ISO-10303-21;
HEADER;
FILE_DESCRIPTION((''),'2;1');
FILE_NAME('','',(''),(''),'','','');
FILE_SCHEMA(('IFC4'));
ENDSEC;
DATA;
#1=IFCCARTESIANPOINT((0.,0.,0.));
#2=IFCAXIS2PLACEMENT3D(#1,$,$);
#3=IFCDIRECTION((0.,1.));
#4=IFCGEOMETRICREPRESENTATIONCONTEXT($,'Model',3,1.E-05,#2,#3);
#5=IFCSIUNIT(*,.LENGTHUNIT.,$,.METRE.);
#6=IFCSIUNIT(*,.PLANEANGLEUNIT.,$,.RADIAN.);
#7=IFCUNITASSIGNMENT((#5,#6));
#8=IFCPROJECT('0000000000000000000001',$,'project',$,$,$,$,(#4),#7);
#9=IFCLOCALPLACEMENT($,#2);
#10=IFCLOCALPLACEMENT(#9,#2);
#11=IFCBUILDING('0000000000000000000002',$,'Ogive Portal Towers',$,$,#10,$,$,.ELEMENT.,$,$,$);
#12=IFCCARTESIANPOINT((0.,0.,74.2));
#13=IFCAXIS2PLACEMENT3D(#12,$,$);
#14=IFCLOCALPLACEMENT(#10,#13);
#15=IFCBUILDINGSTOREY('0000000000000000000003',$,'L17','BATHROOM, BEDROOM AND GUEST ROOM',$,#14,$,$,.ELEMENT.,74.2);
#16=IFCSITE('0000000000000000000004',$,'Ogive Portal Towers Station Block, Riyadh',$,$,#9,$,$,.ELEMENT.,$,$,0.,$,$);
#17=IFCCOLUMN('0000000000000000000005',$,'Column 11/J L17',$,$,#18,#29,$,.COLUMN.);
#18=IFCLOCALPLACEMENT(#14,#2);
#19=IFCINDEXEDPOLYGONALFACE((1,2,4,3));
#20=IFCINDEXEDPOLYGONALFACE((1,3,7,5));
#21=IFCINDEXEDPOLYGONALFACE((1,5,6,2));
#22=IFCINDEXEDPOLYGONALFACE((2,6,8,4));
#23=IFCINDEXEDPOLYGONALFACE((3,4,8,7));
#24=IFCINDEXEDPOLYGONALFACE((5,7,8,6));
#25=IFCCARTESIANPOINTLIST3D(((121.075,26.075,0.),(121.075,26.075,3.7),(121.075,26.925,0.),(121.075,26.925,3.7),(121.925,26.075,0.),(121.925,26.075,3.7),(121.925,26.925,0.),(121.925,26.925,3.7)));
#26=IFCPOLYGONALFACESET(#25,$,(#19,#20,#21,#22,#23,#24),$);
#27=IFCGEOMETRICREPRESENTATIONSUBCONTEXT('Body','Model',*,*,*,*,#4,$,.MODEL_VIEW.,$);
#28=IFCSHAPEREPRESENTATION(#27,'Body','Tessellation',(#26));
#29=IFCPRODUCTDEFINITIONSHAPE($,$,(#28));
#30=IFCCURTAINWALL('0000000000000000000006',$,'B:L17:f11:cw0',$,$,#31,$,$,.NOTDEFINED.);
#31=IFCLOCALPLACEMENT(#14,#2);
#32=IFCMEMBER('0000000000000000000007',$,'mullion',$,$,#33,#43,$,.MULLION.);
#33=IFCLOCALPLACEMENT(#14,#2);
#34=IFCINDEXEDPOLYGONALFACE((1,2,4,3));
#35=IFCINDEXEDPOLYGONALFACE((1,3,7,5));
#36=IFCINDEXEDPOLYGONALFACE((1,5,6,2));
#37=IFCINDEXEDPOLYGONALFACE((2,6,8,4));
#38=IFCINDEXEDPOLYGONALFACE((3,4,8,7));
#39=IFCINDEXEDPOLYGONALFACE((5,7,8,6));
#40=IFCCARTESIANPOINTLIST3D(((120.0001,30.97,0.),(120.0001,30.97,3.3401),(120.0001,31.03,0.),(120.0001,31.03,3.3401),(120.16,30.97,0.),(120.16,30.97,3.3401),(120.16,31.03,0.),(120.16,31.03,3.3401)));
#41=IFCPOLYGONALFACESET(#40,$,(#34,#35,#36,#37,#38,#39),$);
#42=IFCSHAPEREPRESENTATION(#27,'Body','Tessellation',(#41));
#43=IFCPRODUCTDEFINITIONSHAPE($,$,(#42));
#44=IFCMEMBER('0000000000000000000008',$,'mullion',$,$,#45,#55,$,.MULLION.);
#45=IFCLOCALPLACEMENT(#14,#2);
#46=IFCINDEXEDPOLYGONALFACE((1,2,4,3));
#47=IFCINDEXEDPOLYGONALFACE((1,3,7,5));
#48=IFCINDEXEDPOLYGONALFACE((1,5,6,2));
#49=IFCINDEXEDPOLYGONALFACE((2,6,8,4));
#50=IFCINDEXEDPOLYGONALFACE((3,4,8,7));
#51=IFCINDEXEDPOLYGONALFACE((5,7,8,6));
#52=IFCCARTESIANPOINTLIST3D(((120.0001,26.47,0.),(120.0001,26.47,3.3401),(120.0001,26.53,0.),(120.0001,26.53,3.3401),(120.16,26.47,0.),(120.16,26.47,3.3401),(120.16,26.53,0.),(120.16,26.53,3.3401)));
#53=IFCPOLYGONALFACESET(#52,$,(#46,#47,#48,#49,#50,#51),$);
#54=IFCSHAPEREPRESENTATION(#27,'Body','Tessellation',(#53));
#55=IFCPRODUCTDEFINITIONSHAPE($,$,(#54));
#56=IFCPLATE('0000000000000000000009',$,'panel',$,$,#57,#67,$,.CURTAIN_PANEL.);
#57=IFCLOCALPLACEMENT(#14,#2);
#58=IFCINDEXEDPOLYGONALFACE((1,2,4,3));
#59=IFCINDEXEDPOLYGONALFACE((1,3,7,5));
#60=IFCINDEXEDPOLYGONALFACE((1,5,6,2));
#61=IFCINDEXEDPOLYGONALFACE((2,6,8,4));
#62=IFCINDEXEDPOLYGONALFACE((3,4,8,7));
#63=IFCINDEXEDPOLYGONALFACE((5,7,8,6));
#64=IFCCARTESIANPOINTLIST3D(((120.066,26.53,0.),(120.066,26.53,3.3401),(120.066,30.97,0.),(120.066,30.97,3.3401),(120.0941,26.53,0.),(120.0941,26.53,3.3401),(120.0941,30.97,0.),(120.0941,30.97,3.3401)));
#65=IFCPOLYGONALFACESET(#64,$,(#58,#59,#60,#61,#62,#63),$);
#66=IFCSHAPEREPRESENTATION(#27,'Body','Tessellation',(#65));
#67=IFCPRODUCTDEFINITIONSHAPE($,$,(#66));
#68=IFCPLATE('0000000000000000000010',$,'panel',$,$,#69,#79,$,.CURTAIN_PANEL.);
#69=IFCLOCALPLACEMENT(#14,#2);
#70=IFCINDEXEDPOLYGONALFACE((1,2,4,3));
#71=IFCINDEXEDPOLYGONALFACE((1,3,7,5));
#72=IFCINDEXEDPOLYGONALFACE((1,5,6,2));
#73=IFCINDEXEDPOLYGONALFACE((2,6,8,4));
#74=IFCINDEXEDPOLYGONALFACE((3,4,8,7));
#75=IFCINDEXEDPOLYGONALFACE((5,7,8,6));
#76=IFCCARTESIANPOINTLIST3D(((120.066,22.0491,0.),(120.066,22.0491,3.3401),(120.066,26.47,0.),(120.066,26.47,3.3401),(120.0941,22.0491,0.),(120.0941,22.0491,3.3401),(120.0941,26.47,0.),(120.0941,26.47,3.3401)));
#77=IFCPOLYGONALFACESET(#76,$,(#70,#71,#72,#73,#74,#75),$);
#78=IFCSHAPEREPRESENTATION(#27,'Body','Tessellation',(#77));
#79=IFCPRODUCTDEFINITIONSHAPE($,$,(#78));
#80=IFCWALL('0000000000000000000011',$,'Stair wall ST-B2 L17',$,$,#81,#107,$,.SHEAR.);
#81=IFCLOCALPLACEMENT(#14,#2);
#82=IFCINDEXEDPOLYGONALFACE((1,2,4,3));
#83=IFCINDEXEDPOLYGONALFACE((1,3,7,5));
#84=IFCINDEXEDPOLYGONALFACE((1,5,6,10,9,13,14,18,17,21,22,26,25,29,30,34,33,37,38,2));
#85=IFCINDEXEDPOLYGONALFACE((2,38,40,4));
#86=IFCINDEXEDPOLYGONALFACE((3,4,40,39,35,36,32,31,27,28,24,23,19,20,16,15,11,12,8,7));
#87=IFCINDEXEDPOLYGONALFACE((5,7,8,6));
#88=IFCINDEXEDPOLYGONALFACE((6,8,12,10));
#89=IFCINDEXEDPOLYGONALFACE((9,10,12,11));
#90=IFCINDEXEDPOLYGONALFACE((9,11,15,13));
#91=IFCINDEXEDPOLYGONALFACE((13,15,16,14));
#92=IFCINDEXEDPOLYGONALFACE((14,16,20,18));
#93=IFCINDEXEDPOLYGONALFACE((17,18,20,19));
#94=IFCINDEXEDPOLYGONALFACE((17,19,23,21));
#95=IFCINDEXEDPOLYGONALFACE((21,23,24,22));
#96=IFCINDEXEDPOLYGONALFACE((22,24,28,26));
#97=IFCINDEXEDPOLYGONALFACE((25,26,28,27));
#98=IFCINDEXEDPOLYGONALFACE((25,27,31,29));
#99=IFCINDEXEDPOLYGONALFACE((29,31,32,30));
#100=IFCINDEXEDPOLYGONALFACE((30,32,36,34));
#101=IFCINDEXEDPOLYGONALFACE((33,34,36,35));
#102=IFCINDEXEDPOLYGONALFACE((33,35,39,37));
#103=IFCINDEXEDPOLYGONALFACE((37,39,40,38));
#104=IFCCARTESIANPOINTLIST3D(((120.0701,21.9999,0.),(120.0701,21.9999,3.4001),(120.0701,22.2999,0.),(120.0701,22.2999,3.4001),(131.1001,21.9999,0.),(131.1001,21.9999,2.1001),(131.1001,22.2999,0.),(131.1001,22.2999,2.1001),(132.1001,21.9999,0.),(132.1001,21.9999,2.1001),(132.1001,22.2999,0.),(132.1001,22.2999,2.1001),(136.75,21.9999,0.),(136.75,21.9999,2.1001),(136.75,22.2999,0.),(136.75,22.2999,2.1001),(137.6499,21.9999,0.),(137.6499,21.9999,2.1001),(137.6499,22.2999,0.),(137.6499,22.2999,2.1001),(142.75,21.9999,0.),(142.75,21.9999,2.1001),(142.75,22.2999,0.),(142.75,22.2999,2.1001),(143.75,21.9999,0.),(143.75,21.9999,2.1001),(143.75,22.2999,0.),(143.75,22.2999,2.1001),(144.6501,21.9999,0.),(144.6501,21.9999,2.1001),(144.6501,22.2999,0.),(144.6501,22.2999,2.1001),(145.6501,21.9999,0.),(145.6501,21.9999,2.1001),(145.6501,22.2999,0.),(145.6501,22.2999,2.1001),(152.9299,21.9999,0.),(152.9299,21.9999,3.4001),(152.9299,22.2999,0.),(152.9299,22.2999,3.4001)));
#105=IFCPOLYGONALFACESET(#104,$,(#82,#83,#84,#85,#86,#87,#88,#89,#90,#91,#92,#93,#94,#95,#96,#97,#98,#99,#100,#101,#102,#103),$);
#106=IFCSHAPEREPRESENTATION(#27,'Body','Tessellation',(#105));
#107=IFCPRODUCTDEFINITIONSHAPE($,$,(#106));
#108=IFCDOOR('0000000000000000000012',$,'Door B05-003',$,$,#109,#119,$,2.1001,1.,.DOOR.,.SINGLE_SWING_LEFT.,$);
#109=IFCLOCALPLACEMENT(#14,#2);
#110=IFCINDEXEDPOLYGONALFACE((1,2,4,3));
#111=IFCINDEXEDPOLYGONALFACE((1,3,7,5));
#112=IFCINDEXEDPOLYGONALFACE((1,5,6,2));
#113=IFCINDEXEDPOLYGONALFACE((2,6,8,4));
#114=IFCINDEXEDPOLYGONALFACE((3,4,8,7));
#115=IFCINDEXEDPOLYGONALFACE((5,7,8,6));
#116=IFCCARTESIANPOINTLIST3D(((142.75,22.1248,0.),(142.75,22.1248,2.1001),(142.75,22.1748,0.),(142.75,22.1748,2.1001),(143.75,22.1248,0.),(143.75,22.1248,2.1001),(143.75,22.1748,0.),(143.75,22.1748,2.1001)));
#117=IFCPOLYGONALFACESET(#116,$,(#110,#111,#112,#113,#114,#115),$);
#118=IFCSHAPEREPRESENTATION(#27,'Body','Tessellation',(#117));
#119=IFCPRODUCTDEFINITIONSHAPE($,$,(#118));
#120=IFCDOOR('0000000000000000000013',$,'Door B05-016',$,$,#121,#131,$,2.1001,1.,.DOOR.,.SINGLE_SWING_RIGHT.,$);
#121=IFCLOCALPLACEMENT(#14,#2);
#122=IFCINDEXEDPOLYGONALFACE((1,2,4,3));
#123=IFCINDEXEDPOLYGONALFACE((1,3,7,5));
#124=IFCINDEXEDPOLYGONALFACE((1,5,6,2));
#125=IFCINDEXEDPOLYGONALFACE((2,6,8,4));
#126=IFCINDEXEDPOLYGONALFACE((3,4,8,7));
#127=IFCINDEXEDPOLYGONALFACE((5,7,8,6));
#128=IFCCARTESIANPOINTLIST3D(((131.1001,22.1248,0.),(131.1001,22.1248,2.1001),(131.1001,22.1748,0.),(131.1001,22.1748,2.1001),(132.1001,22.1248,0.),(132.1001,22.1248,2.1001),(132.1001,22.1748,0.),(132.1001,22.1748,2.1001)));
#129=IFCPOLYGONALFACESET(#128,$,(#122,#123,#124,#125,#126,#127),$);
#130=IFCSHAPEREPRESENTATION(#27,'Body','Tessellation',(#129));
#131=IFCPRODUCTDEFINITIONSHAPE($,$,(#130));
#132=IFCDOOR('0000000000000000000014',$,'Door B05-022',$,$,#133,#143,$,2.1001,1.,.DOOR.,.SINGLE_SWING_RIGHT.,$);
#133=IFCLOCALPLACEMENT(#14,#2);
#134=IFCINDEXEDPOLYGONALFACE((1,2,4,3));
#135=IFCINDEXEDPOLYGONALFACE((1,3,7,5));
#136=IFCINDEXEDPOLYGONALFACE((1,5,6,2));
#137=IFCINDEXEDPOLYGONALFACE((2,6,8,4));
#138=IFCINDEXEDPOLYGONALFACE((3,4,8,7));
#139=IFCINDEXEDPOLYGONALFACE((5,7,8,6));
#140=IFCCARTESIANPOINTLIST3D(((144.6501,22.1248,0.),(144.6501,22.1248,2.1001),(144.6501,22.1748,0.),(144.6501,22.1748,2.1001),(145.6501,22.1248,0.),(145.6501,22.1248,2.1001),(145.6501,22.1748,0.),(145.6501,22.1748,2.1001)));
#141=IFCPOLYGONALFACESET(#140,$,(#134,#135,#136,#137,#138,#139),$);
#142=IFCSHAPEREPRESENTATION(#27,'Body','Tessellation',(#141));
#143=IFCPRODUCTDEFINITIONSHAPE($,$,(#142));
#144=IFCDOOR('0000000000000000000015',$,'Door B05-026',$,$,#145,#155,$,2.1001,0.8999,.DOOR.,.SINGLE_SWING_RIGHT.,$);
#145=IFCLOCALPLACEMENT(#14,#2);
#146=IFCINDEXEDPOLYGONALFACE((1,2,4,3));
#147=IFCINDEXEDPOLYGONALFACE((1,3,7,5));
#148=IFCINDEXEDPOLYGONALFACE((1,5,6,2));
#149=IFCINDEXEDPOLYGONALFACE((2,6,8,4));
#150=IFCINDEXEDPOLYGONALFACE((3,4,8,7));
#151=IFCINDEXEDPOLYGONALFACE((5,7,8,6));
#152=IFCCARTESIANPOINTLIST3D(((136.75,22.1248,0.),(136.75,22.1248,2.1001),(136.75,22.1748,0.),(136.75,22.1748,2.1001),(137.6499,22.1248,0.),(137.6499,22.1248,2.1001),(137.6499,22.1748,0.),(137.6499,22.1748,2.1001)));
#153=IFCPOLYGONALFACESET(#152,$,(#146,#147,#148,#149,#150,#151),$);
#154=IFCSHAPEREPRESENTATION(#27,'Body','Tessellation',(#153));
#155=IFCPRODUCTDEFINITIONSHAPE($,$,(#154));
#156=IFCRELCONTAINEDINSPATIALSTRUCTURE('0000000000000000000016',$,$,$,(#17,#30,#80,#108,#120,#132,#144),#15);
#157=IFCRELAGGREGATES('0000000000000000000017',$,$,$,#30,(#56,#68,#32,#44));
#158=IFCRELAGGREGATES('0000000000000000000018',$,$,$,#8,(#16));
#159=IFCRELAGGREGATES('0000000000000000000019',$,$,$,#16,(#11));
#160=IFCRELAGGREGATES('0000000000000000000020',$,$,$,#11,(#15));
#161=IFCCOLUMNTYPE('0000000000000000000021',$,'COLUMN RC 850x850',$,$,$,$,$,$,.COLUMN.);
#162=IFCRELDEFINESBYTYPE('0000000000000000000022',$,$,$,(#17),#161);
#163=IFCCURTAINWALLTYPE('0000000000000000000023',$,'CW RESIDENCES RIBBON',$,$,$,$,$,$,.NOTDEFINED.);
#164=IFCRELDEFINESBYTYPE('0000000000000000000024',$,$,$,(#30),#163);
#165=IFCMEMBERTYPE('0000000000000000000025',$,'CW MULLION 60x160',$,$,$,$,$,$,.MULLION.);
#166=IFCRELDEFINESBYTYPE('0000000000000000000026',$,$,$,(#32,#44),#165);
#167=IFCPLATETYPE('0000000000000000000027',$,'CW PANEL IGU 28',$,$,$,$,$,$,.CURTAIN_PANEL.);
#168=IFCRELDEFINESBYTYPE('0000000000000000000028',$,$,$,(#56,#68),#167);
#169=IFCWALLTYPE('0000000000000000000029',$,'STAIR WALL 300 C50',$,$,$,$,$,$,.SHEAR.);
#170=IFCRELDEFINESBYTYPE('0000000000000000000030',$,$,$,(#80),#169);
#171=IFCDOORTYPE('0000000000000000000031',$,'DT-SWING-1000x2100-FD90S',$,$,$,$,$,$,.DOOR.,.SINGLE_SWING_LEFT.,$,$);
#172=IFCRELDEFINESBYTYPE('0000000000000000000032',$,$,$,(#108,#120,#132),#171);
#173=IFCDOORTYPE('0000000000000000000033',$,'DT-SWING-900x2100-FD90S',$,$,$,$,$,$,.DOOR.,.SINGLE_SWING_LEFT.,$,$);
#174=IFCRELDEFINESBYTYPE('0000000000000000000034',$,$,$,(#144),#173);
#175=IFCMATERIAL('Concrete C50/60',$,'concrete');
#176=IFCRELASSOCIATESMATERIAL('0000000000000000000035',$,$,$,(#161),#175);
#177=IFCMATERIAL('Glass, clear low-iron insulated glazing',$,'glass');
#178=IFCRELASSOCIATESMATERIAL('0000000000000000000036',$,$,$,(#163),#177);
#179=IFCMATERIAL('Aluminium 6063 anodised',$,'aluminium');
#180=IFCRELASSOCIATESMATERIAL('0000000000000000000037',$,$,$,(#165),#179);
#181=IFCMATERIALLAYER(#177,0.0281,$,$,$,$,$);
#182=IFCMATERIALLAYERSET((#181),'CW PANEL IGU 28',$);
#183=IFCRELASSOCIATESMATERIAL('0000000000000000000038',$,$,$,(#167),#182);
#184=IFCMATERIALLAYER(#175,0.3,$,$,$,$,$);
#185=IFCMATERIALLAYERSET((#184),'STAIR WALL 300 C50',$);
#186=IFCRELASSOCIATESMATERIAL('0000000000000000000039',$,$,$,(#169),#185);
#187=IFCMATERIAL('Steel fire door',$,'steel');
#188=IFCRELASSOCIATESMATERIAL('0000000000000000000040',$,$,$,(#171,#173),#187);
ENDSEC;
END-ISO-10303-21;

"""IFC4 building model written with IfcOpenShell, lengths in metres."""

from ifc_helpers import new_model, si_unit, direction, frame, frame_2d, origin, origin_2d, place, context, subcontext, project, spatial, rectangle, extrude, material, layer, layer_set, material_profile, profile_set, type_object, element, fill, aggregate, save


model = new_model("IFC4")

# Units and contexts
model_context = context("Model", 3, precision=1e-05, world=origin(), true_north=direction((0.0, 1.0)))
body_context = subcontext(model_context, "Body", "Model", "MODEL_VIEW")
ifc_project = project(units=[si_unit("LENGTHUNIT", "METRE"), si_unit("PLANEANGLEUNIT", "RADIAN")], contexts=[model_context])

# Site, building, storey
site_placement = place(None, origin())
site = spatial("IfcSite", under=ifc_project, at=site_placement, Name="Ogive Portal Towers Station Block, Riyadh", CompositionType="ELEMENT", RefElevation=0.0)
building_placement = place(site_placement, origin())
building = spatial("IfcBuilding", under=site, at=building_placement, Name="Ogive Portal Towers", CompositionType="ELEMENT")
storey_placement = place(building_placement, frame((0.0, 0.0, 74.2)))
storey = spatial("IfcBuildingStorey", under=building, at=storey_placement, Name="L17", Description="BATHROOM, BEDROOM AND GUEST ROOM", CompositionType="ELEMENT", Elevation=74.2)

# Column
ifc_material_1 = material(Name="Concrete C50/60", Category="concrete")
ifc_material_profile_1 = material_profile(ifc_material_1, rectangle(XDim=0.8501, YDim=0.8501, at=origin_2d()), Name="RC 850x850")
ifc_profile_set_1 = profile_set([ifc_material_profile_1], Name="Concrete C50/60")
column_type = type_object("IfcColumnType", Name="COLUMN RC 850x850", PredefinedType="COLUMN", material=ifc_profile_set_1)
column_placement = place(storey_placement, frame((121.5, 26.5, 0.0), z_axis=(0.0, 0.0, 1.0), x_axis=(1.0, 0.0, 0.0)))
element("IfcColumn", 1, at=column_placement, inside=storey, type_object=column_type, Name="Column 11/J L17", PredefinedType="COLUMN", context=body_context, shape_type="SweptSolid", body=[
    extrude(rectangle(XDim=0.8501, YDim=0.8501, at=origin_2d()), origin(), (0.0, 0.0, 1.0), 3.7),
])

# Curtain wall, members, plates
ifc_material_2 = material(Name="Glass, clear low-iron insulated glazing", Category="glass")
curtain_wall_type = type_object("IfcCurtainWallType", Name="CW RESIDENCES RIBBON", PredefinedType="NOTDEFINED", material=ifc_material_2)
curtain_wall_placement = place(storey_placement, origin())
curtain_wall = element("IfcCurtainWall", 2, at=curtain_wall_placement, inside=storey, type_object=curtain_wall_type, Name="B:L17:f11:cw0", PredefinedType="NOTDEFINED")
ifc_material_3 = material(Name="Aluminium 6063 anodised", Category="aluminium")
ifc_material_profile_2 = material_profile(ifc_material_3, rectangle(XDim=0.1599, YDim=0.0601, at=origin_2d()), Name="AL 60x160")
ifc_profile_set_2 = profile_set([ifc_material_profile_2], Name="Aluminium 6063 anodised")
member_type = type_object("IfcMemberType", Name="CW MULLION 60x160", PredefinedType="MULLION", material=ifc_profile_set_2)
member_1_placement = place(storey_placement, frame((120.0801, 31.0, 0.0), z_axis=(0.0, 0.0, 1.0), x_axis=(1.0, 0.0, 0.0)))
member_1 = element("IfcMember", 3, at=member_1_placement, type_object=member_type, Name="mullion", PredefinedType="MULLION", context=body_context, shape_type="SweptSolid", body=[
    extrude(rectangle(XDim=0.1599, YDim=0.0601, at=origin_2d()), origin(), (0.0, 0.0, 1.0), 3.3401),
])
member_2_placement = place(storey_placement, frame((120.0801, 26.5, 0.0), z_axis=(0.0, 0.0, 1.0), x_axis=(1.0, 0.0, 0.0)))
member_2 = element("IfcMember", 4, at=member_2_placement, type_object=member_type, Name="mullion", PredefinedType="MULLION", context=body_context, shape_type="SweptSolid", body=[
    extrude(rectangle(XDim=0.1599, YDim=0.0601, at=origin_2d()), origin(), (0.0, 0.0, 1.0), 3.3401),
])
ifc_layer_1 = layer(ifc_material_2, 0.0281)
ifc_layer_set_1 = layer_set([ifc_layer_1], Name="CW PANEL IGU 28")
plate_type = type_object("IfcPlateType", Name="CW PANEL IGU 28", PredefinedType="CURTAIN_PANEL", material=ifc_layer_set_1)
plate_1_placement = place(storey_placement, frame((120.0801, 28.75, 0.0), z_axis=(0.0, 0.0, 1.0), x_axis=(0.0, -1.0, 0.0)))
plate_1 = element("IfcPlate", 5, at=plate_1_placement, type_object=plate_type, Name="panel", PredefinedType="CURTAIN_PANEL", context=body_context, shape_type="SweptSolid", body=[
    extrude(rectangle(XDim=4.4399, YDim=0.0281, at=origin_2d()), origin(), (0.0, 0.0, 1.0), 3.3401),
])
plate_2_placement = place(storey_placement, frame((120.0801, 24.2595, 0.0), z_axis=(0.0, 0.0, 1.0), x_axis=(0.0, -1.0, 0.0)))
plate_2 = element("IfcPlate", 6, at=plate_2_placement, type_object=plate_type, Name="panel", PredefinedType="CURTAIN_PANEL", context=body_context, shape_type="SweptSolid", body=[
    extrude(rectangle(XDim=4.4209, YDim=0.0281, at=origin_2d()), origin(), (0.0, 0.0, 1.0), 3.3401),
])
aggregate(curtain_wall, [plate_1, plate_2, member_1, member_2])

# Wall, openings, doors
ifc_layer_2 = layer(ifc_material_1, 0.3)
ifc_layer_set_2 = layer_set([ifc_layer_2], Name="STAIR WALL 300 C50")
wall_type_1 = type_object("IfcWallType", Name="STAIR WALL 300 C50", PredefinedType="SHEAR", material=ifc_layer_set_2)
wall_1_placement = place(storey_placement, frame((120.0701, 22.1499, 0.0), z_axis=(0.0, 0.0, 1.0), x_axis=(1.0, 0.0, 0.0)))
wall_1 = element("IfcWall", 7, at=wall_1_placement, inside=storey, type_object=wall_type_1, Name="Stair wall ST-B2 L17", PredefinedType="SHEAR", context=body_context, shape_type="SweptSolid", body=[
    extrude(rectangle(XDim=32.8599, YDim=0.3, at=frame_2d((16.4299, 0.0))), origin(), (0.0, 0.0, 1.0), 3.4001),
])
opening_1_placement = place(wall_1_placement, frame((22.6799, 0.0, 0.0)))
opening_1 = element("IfcOpeningElement", 8, at=opening_1_placement, cuts=wall_1, PredefinedType="OPENING", context=body_context, shape_type="SweptSolid", body=[
    extrude(rectangle(XDim=1.0, YDim=2.1001, at=frame_2d((0.5, 1.05))), frame((0.0, 0.1602, 0.0), z_axis=(0.0, -1.0, 0.0), x_axis=(1.0, 0.0, 0.0)), (0.0, 0.0, 1.0), 0.3201),
])
opening_2_placement = place(wall_1_placement, frame((11.03, 0.0, 0.0)))
opening_2 = element("IfcOpeningElement", 9, at=opening_2_placement, cuts=wall_1, PredefinedType="OPENING", context=body_context, shape_type="SweptSolid", body=[
    extrude(rectangle(XDim=1.0, YDim=2.1001, at=frame_2d((0.5, 1.05))), frame((0.0, 0.1602, 0.0), z_axis=(0.0, -1.0, 0.0), x_axis=(1.0, 0.0, 0.0)), (0.0, 0.0, 1.0), 0.3201),
])
opening_3_placement = place(wall_1_placement, frame((24.5801, 0.0, 0.0)))
opening_3 = element("IfcOpeningElement", 10, at=opening_3_placement, cuts=wall_1, PredefinedType="OPENING", context=body_context, shape_type="SweptSolid", body=[
    extrude(rectangle(XDim=1.0, YDim=2.1001, at=frame_2d((0.5, 1.05))), frame((0.0, 0.1602, 0.0), z_axis=(0.0, -1.0, 0.0), x_axis=(1.0, 0.0, 0.0)), (0.0, 0.0, 1.0), 0.3201),
])
opening_4_placement = place(wall_1_placement, frame((16.6799, 0.0, 0.0)))
opening_4 = element("IfcOpeningElement", 11, at=opening_4_placement, cuts=wall_1, PredefinedType="OPENING", context=body_context, shape_type="SweptSolid", body=[
    extrude(rectangle(XDim=0.8999, YDim=2.1001, at=frame_2d((0.45, 1.05))), frame((0.0, 0.1602, 0.0), z_axis=(0.0, -1.0, 0.0), x_axis=(1.0, 0.0, 0.0)), (0.0, 0.0, 1.0), 0.3201),
])
ifc_material_4 = material(Name="Steel fire door", Category="steel")
door_type_1 = type_object("IfcDoorType", Name="DT-SWING-1000x2100-FD90S", OperationType="SINGLE_SWING_LEFT", PredefinedType="DOOR", material=ifc_material_4)
door_1_placement = place(opening_1_placement, origin())
door_1 = element("IfcDoor", 12, at=door_1_placement, inside=storey, type_object=door_type_1, Name="Door B05-003", OperationType="SINGLE_SWING_LEFT", OverallHeight=2.1001, OverallWidth=1.0, PredefinedType="DOOR", context=body_context, shape_type="SweptSolid", body=[
    extrude(rectangle(XDim=1.0, YDim=2.1001, at=frame_2d((0.5, 1.05))), frame((0.0, 0.0249, 0.0), z_axis=(0.0, -1.0, 0.0), x_axis=(1.0, 0.0, 0.0)), (0.0, 0.0, 1.0), 0.05),
])
fill(opening_1, door_1)
door_2_placement = place(opening_2_placement, origin())
door_2 = element("IfcDoor", 13, at=door_2_placement, inside=storey, type_object=door_type_1, Name="Door B05-016", OperationType="SINGLE_SWING_RIGHT", OverallHeight=2.1001, OverallWidth=1.0, PredefinedType="DOOR", context=body_context, shape_type="SweptSolid", body=[
    extrude(rectangle(XDim=1.0, YDim=2.1001, at=frame_2d((0.5, 1.05))), frame((0.0, 0.0249, 0.0), z_axis=(0.0, -1.0, 0.0), x_axis=(1.0, 0.0, 0.0)), (0.0, 0.0, 1.0), 0.05),
])
fill(opening_2, door_2)
door_3_placement = place(opening_3_placement, origin())
door_3 = element("IfcDoor", 14, at=door_3_placement, inside=storey, type_object=door_type_1, Name="Door B05-022", OperationType="SINGLE_SWING_RIGHT", OverallHeight=2.1001, OverallWidth=1.0, PredefinedType="DOOR", context=body_context, shape_type="SweptSolid", body=[
    extrude(rectangle(XDim=1.0, YDim=2.1001, at=frame_2d((0.5, 1.05))), frame((0.0, 0.0249, 0.0), z_axis=(0.0, -1.0, 0.0), x_axis=(1.0, 0.0, 0.0)), (0.0, 0.0, 1.0), 0.05),
])
fill(opening_3, door_3)
door_type_2 = type_object("IfcDoorType", Name="DT-SWING-900x2100-FD90S", OperationType="SINGLE_SWING_LEFT", PredefinedType="DOOR", material=ifc_material_4)
door_4_placement = place(opening_4_placement, origin())
door_4 = element("IfcDoor", 15, at=door_4_placement, inside=storey, type_object=door_type_2, Name="Door B05-026", OperationType="SINGLE_SWING_RIGHT", OverallHeight=2.1001, OverallWidth=0.8999, PredefinedType="DOOR", context=body_context, shape_type="SweptSolid", body=[
    extrude(rectangle(XDim=0.8999, YDim=2.1001, at=frame_2d((0.45, 1.05))), frame((0.0, 0.0249, 0.0), z_axis=(0.0, -1.0, 0.0), x_axis=(1.0, 0.0, 0.0)), (0.0, 0.0, 1.0), 0.05),
])
fill(opening_4, door_4)

save(model, "model.ifc")
